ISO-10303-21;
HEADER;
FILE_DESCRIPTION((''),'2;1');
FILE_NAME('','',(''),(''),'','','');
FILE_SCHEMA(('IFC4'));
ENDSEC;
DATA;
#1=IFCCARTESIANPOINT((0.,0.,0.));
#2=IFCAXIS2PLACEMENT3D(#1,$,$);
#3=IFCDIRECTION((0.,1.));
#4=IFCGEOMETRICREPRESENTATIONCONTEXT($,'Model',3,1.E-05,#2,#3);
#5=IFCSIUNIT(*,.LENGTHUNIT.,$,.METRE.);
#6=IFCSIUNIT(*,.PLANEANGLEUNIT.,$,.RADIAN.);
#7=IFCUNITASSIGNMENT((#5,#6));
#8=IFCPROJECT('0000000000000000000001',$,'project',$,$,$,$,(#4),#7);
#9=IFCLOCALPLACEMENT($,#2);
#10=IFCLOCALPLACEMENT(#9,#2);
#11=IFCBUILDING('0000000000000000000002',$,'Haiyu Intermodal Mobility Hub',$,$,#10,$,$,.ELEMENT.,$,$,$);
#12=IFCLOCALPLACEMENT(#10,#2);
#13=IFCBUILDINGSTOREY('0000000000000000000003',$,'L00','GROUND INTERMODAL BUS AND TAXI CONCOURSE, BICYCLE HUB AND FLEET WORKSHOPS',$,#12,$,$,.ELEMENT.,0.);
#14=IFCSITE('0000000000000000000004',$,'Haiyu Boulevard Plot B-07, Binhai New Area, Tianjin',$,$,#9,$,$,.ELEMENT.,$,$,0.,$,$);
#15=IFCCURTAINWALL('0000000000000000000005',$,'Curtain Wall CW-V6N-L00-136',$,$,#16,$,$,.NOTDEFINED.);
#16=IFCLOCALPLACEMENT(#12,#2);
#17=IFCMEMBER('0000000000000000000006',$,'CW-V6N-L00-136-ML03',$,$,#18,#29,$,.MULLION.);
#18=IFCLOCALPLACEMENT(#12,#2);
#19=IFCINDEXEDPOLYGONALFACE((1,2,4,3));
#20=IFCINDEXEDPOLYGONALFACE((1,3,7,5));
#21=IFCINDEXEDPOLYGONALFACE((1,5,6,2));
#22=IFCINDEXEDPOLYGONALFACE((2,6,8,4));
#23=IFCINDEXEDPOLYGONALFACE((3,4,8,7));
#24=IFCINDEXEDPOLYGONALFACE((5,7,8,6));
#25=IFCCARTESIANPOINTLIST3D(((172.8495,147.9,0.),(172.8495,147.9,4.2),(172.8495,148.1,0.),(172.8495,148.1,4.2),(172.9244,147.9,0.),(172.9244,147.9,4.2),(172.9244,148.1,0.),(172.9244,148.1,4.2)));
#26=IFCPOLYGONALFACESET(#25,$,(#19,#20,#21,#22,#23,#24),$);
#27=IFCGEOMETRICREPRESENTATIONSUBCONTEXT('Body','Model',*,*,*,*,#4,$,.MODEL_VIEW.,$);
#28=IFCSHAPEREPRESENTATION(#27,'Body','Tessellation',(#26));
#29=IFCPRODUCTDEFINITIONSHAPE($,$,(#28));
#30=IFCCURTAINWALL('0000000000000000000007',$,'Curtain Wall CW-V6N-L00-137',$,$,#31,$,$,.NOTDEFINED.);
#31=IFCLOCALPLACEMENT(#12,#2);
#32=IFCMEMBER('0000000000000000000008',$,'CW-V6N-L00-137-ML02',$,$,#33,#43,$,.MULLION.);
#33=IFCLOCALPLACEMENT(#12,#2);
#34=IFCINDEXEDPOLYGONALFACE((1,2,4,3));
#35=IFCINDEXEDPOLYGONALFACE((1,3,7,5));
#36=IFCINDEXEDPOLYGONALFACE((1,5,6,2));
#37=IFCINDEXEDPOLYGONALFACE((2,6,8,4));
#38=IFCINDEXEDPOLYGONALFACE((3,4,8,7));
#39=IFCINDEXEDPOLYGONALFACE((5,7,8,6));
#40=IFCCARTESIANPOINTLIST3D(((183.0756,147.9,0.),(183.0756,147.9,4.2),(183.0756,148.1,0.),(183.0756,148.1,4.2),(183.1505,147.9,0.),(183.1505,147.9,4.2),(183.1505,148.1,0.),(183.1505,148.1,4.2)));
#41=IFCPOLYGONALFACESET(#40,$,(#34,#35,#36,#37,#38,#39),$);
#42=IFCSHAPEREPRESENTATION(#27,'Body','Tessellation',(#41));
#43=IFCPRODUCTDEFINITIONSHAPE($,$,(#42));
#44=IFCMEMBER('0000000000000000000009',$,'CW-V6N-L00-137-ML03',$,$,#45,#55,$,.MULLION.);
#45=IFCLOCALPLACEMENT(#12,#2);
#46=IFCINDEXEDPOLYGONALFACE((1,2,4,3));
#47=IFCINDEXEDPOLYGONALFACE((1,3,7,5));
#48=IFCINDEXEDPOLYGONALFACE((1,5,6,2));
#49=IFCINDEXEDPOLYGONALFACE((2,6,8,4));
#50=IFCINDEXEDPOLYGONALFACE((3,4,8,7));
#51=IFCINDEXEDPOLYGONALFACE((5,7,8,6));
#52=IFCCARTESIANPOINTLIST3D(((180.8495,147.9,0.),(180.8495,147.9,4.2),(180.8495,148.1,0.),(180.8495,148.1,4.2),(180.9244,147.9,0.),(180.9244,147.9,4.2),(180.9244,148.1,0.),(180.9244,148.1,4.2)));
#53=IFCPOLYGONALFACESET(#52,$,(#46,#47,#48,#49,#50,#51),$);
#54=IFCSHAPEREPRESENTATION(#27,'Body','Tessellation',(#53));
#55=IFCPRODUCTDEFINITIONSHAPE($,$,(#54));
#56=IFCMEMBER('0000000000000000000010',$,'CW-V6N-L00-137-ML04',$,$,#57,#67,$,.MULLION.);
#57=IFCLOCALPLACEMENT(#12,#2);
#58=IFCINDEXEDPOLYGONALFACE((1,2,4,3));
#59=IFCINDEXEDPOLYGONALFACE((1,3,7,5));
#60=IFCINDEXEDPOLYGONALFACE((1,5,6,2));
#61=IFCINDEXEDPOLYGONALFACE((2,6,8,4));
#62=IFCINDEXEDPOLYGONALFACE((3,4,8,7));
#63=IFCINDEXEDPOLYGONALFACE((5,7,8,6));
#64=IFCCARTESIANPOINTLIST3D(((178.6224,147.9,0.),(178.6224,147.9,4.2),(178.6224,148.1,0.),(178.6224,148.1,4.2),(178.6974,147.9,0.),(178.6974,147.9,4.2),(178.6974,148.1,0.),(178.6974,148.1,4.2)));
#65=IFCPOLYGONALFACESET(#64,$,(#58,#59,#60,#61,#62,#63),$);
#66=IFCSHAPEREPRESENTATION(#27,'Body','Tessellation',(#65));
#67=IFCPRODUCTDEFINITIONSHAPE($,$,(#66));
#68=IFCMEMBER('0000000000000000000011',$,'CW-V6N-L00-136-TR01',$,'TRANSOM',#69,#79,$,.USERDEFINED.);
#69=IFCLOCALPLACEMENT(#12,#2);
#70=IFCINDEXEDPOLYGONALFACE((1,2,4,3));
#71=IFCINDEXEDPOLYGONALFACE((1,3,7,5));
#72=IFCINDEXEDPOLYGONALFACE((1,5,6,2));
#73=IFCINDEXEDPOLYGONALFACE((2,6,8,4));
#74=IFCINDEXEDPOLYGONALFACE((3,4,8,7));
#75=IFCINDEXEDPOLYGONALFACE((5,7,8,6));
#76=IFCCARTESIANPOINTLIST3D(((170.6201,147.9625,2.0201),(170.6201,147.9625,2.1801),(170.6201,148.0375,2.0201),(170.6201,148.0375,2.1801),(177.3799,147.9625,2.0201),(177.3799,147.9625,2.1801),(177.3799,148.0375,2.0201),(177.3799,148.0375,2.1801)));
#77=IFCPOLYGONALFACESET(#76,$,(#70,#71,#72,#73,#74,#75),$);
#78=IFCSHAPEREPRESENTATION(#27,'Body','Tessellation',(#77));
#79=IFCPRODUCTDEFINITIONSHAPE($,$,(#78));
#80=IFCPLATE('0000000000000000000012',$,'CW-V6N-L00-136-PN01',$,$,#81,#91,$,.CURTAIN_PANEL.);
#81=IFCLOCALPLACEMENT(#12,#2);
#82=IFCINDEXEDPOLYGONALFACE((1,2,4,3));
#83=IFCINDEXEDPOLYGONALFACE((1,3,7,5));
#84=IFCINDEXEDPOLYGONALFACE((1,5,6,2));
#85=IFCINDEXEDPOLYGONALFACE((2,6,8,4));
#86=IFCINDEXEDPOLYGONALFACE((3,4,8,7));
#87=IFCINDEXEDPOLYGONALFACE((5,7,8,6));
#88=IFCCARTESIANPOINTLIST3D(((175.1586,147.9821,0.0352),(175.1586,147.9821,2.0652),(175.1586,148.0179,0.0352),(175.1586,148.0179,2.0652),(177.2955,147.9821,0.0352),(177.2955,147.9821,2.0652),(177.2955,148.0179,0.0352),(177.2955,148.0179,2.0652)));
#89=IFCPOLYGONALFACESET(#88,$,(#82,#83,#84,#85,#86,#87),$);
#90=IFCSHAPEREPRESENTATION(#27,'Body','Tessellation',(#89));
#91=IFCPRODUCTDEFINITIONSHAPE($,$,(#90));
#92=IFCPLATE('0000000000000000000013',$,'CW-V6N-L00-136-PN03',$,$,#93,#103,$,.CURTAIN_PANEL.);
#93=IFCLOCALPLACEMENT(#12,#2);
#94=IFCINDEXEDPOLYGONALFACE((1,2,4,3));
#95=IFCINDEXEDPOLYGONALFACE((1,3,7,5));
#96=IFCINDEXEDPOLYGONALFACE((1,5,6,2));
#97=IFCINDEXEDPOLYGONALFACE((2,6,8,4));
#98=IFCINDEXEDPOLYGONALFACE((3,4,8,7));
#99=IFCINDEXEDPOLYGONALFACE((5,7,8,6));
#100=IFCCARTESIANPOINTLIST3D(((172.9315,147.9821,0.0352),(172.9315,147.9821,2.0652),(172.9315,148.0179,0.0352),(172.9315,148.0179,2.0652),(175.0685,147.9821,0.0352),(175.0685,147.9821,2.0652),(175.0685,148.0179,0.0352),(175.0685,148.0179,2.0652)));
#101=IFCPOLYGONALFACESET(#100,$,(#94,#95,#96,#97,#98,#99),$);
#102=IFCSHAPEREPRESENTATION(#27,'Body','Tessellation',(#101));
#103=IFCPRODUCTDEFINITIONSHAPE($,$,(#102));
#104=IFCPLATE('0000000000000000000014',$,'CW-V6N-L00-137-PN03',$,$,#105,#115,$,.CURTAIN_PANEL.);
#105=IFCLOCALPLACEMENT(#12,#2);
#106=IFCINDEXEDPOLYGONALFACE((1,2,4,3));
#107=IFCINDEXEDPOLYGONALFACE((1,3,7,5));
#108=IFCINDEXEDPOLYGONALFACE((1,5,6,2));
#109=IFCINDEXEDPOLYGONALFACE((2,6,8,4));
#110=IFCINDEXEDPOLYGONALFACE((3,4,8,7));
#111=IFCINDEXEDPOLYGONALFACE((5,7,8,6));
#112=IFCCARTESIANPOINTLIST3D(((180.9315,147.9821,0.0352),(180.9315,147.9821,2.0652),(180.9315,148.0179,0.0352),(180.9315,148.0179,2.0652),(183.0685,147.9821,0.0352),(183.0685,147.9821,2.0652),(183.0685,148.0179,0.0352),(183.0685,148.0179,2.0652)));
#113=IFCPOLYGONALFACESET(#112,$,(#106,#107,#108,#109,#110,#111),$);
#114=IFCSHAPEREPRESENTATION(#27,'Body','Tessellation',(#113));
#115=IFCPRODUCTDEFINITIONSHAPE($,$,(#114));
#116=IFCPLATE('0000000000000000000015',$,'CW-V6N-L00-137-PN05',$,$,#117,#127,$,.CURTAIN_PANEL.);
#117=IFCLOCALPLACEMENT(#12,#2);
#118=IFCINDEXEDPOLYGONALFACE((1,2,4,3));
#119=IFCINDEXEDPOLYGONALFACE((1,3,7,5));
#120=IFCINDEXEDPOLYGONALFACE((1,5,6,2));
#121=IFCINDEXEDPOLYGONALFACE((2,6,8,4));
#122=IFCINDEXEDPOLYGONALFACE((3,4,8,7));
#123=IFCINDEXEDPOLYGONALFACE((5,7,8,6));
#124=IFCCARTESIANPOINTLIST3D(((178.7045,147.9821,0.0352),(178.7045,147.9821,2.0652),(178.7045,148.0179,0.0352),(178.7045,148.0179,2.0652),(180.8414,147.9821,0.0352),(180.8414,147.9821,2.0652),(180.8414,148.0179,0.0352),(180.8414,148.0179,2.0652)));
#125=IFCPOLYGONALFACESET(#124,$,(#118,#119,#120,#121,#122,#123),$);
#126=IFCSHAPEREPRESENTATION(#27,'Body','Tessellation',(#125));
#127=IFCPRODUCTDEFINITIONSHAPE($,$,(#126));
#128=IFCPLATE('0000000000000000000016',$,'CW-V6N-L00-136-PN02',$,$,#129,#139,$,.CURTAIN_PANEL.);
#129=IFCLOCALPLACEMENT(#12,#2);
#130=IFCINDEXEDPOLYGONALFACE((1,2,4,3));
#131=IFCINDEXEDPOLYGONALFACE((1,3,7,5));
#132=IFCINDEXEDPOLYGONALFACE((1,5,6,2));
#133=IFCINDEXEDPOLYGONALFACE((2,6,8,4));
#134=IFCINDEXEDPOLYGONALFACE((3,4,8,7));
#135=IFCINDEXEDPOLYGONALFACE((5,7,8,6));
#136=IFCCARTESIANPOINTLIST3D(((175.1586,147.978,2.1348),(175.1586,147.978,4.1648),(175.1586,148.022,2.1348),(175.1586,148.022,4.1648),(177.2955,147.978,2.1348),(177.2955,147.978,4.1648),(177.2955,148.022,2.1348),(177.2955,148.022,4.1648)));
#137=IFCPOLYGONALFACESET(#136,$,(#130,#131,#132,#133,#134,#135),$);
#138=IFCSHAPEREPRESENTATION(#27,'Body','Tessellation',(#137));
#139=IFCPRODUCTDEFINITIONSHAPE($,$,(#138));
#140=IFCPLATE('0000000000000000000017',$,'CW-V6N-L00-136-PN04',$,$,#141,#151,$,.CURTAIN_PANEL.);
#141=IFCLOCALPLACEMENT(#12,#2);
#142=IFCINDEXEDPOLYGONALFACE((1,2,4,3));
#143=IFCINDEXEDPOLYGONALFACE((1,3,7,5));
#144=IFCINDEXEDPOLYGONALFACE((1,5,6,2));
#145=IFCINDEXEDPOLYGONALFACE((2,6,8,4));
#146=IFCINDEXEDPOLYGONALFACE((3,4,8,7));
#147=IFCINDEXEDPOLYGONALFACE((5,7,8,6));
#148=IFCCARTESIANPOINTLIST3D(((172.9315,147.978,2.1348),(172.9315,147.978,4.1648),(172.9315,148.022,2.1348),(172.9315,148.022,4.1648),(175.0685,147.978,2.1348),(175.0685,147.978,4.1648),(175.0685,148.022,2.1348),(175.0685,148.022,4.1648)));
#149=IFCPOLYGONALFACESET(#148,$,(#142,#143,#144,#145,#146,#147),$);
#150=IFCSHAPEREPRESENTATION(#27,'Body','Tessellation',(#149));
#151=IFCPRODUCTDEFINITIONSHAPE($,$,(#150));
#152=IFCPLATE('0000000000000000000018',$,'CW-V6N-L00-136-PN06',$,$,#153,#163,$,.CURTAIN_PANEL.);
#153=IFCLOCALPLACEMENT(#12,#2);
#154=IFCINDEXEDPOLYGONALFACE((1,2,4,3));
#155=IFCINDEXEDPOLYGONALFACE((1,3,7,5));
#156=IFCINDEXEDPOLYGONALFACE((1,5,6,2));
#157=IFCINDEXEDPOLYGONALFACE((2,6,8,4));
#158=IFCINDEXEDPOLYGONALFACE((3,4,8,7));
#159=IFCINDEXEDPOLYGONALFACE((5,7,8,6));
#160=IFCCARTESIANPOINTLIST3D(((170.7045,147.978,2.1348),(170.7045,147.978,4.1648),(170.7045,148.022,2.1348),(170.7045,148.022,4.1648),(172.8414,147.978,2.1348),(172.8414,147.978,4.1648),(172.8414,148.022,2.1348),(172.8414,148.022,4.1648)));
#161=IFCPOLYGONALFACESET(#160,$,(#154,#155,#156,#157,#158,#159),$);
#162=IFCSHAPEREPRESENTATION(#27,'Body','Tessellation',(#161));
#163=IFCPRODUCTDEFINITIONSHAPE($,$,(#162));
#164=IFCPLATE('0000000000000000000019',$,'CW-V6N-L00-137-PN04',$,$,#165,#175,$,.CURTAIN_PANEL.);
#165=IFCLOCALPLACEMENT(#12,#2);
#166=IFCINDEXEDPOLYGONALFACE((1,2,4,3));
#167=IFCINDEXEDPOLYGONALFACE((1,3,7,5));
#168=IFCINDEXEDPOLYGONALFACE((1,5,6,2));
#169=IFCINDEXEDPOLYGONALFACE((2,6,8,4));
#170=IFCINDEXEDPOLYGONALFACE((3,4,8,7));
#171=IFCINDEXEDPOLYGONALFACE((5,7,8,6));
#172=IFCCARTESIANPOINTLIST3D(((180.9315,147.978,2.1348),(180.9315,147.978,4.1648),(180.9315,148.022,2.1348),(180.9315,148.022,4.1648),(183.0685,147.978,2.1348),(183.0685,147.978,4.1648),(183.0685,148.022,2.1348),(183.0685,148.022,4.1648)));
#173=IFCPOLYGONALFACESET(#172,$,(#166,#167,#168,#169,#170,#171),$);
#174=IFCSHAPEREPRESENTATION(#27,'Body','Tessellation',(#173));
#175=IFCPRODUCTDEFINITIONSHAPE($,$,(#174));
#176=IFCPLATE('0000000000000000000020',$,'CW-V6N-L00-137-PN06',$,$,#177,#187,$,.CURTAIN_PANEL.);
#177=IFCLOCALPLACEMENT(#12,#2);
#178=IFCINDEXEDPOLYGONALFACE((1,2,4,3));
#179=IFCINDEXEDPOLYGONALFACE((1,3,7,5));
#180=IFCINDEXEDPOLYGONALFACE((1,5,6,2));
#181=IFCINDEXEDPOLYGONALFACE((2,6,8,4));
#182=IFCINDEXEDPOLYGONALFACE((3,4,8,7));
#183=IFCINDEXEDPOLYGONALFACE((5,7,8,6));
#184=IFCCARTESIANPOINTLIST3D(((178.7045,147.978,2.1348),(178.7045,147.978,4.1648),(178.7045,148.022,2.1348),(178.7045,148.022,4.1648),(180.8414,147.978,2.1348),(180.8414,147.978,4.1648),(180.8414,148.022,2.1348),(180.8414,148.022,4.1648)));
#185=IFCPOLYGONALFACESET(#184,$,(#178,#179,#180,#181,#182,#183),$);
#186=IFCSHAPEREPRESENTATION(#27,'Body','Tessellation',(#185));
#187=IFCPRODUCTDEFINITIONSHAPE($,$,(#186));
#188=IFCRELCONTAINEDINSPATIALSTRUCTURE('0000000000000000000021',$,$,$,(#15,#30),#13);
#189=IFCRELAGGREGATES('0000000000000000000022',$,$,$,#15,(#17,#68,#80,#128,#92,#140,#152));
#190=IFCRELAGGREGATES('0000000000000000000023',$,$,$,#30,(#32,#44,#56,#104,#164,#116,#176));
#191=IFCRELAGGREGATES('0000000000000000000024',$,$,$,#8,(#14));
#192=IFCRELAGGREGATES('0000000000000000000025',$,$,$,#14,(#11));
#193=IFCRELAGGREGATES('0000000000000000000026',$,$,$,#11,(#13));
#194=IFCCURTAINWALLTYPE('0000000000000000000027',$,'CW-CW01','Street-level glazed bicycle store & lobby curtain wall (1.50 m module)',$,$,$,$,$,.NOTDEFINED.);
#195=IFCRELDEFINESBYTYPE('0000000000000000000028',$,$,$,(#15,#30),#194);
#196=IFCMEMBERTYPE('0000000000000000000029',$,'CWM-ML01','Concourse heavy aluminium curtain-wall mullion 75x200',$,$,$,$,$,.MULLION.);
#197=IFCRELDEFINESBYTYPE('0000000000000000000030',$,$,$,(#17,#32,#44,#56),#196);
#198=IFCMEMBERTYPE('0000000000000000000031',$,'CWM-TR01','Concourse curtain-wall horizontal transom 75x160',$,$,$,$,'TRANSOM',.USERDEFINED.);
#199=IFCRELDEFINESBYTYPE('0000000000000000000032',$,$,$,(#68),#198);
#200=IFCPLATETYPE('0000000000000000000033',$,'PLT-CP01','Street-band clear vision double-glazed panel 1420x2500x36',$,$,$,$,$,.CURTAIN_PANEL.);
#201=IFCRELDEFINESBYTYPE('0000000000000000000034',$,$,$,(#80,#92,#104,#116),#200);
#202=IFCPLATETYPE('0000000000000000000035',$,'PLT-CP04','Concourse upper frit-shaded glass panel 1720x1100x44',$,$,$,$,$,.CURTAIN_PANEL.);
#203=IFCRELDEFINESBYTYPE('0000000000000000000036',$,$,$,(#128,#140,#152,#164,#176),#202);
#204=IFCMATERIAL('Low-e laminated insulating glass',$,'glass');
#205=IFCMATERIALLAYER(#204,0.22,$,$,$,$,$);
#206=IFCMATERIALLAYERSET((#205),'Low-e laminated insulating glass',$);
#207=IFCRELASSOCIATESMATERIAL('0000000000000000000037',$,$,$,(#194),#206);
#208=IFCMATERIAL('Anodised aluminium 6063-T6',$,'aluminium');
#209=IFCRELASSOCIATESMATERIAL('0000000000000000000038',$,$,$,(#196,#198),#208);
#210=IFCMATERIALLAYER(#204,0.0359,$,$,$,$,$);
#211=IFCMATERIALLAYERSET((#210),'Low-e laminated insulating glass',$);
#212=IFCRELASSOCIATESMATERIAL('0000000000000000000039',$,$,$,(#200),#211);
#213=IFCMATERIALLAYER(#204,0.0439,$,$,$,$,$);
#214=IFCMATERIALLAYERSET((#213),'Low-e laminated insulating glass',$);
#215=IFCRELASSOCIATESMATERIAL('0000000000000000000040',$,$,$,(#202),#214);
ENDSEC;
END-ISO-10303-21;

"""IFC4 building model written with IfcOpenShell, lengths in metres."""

from ifc_helpers import new_model, si_unit, direction, frame, origin, origin_2d, place, context, subcontext, project, spatial, rectangle, extrude, material, layer, layer_set, material_profile, profile_set, type_object, element, aggregate, save


model = new_model("IFC4")

# Units and contexts
model_context = context("Model", 3, precision=1e-05, world=origin(), true_north=direction((0.0, 1.0)))
body_context = subcontext(model_context, "Body", "Model", "MODEL_VIEW")
ifc_project = project(units=[si_unit("LENGTHUNIT", "METRE"), si_unit("PLANEANGLEUNIT", "RADIAN")], contexts=[model_context])

# Site, building, storey
site_placement = place(None, origin())
site = spatial("IfcSite", under=ifc_project, at=site_placement, Name="Haiyu Boulevard Plot B-07, Binhai New Area, Tianjin", CompositionType="ELEMENT", RefElevation=0.0)
building_placement = place(site_placement, origin())
building = spatial("IfcBuilding", under=site, at=building_placement, Name="Haiyu Intermodal Mobility Hub", CompositionType="ELEMENT")
storey_placement = place(building_placement, origin())
storey = spatial("IfcBuildingStorey", under=building, at=storey_placement, Name="L00", Description="GROUND INTERMODAL BUS AND TAXI CONCOURSE, BICYCLE HUB AND FLEET WORKSHOPS", CompositionType="ELEMENT", Elevation=0.0)

# Curtain walls, members
ifc_material_1 = material(Name="Low-e laminated insulating glass", Category="glass")
ifc_layer_1 = layer(ifc_material_1, 0.22)
ifc_layer_set_1 = layer_set([ifc_layer_1], Name="Low-e laminated insulating glass")
curtain_wall_type = type_object("IfcCurtainWallType", Name="CW-CW01", Description="Street-level glazed bicycle store & lobby curtain wall (1.50 m module)", PredefinedType="NOTDEFINED", material=ifc_layer_set_1)
curtain_wall_1_placement = place(storey_placement, origin())
curtain_wall_1 = element("IfcCurtainWall", 1, at=curtain_wall_1_placement, inside=storey, type_object=curtain_wall_type, Name="Curtain Wall CW-V6N-L00-136", PredefinedType="NOTDEFINED")
ifc_material_2 = material(Name="Anodised aluminium 6063-T6", Category="aluminium")
ifc_material_profile_1 = material_profile(ifc_material_2, rectangle(XDim=0.075, YDim=0.2, at=origin_2d()), Name="ALU75x200")
ifc_profile_set_1 = profile_set([ifc_material_profile_1], Name="Anodised aluminium 6063-T6")
member_type_1 = type_object("IfcMemberType", Name="CWM-ML01", Description="Concourse heavy aluminium curtain-wall mullion 75x200", PredefinedType="MULLION", material=ifc_profile_set_1)
member_1_placement = place(storey_placement, frame((172.887, 148.0, 0.0), z_axis=(0.0, 0.0, 1.0), x_axis=(1.0, 0.0, 0.0)))
member_1 = element("IfcMember", 2, at=member_1_placement, type_object=member_type_1, Name="CW-V6N-L00-136-ML03", PredefinedType="MULLION", context=body_context, shape_type="SweptSolid", body=[
    extrude(rectangle(XDim=0.075, YDim=0.2, at=origin_2d()), origin(), (0.0, 0.0, 1.0), 4.2),
])
curtain_wall_2_placement = place(storey_placement, origin())
curtain_wall_2 = element("IfcCurtainWall", 3, at=curtain_wall_2_placement, inside=storey, type_object=curtain_wall_type, Name="Curtain Wall CW-V6N-L00-137", PredefinedType="NOTDEFINED")
member_2_placement = place(storey_placement, frame((183.113, 148.0, 0.0), z_axis=(0.0, 0.0, 1.0), x_axis=(1.0, 0.0, 0.0)))
member_2 = element("IfcMember", 4, at=member_2_placement, type_object=member_type_1, Name="CW-V6N-L00-137-ML02", PredefinedType="MULLION", context=body_context, shape_type="SweptSolid", body=[
    extrude(rectangle(XDim=0.075, YDim=0.2, at=origin_2d()), origin(), (0.0, 0.0, 1.0), 4.2),
])
member_3_placement = place(storey_placement, frame((180.887, 148.0, 0.0), z_axis=(0.0, 0.0, 1.0), x_axis=(1.0, 0.0, 0.0)))
member_3 = element("IfcMember", 5, at=member_3_placement, type_object=member_type_1, Name="CW-V6N-L00-137-ML03", PredefinedType="MULLION", context=body_context, shape_type="SweptSolid", body=[
    extrude(rectangle(XDim=0.075, YDim=0.2, at=origin_2d()), origin(), (0.0, 0.0, 1.0), 4.2),
])
member_4_placement = place(storey_placement, frame((178.6599, 148.0, 0.0), z_axis=(0.0, 0.0, 1.0), x_axis=(1.0, 0.0, 0.0)))
member_4 = element("IfcMember", 6, at=member_4_placement, type_object=member_type_1, Name="CW-V6N-L00-137-ML04", PredefinedType="MULLION", context=body_context, shape_type="SweptSolid", body=[
    extrude(rectangle(XDim=0.075, YDim=0.2, at=origin_2d()), origin(), (0.0, 0.0, 1.0), 4.2),
])

# Member
ifc_material_profile_2 = material_profile(ifc_material_2, rectangle(XDim=0.075, YDim=0.1599, at=origin_2d()), Name="ALU75x160")
ifc_profile_set_2 = profile_set([ifc_material_profile_2], Name="Anodised aluminium 6063-T6")
member_type_2 = type_object("IfcMemberType", Name="CWM-TR01", Description="Concourse curtain-wall horizontal transom 75x160", ElementType="TRANSOM", PredefinedType="USERDEFINED", material=ifc_profile_set_2)
member_5_placement = place(storey_placement, frame((177.3799, 148.0, 2.1001), z_axis=(-1.0, 0.0, 0.0), x_axis=(0.0, -1.0, 0.0)))
member_5 = element("IfcMember", 7, at=member_5_placement, type_object=member_type_2, Name="CW-V6N-L00-136-TR01", ObjectType="TRANSOM", PredefinedType="USERDEFINED", context=body_context, shape_type="SweptSolid", body=[
    extrude(rectangle(XDim=0.075, YDim=0.1599, at=origin_2d()), origin(), (0.0, 0.0, 1.0), 6.7598),
])

# Plates
ifc_layer_2 = layer(ifc_material_1, 0.0359)
ifc_layer_set_2 = layer_set([ifc_layer_2], Name="Low-e laminated insulating glass")
plate_type_1 = type_object("IfcPlateType", Name="PLT-CP01", Description="Street-band clear vision double-glazed panel 1420x2500x36", PredefinedType="CURTAIN_PANEL", material=ifc_layer_set_2)
plate_1_placement = place(storey_placement, frame((176.2271, 148.0, 0.0352), z_axis=(0.0, 0.0, 1.0), x_axis=(-1.0, 0.0, 0.0)))
plate_1 = element("IfcPlate", 8, at=plate_1_placement, type_object=plate_type_1, Name="CW-V6N-L00-136-PN01", PredefinedType="CURTAIN_PANEL", context=body_context, shape_type="SweptSolid", body=[
    extrude(rectangle(XDim=2.137, YDim=0.0359, at=origin_2d()), origin(), (0.0, 0.0, 1.0), 2.03),
])
plate_2_placement = place(storey_placement, frame((174.0, 148.0, 0.0352), z_axis=(0.0, 0.0, 1.0), x_axis=(-1.0, 0.0, 0.0)))
plate_2 = element("IfcPlate", 9, at=plate_2_placement, type_object=plate_type_1, Name="CW-V6N-L00-136-PN03", PredefinedType="CURTAIN_PANEL", context=body_context, shape_type="SweptSolid", body=[
    extrude(rectangle(XDim=2.137, YDim=0.0359, at=origin_2d()), origin(), (0.0, 0.0, 1.0), 2.03),
])
plate_3_placement = place(storey_placement, frame((182.0, 148.0, 0.0352), z_axis=(0.0, 0.0, 1.0), x_axis=(-1.0, 0.0, 0.0)))
plate_3 = element("IfcPlate", 10, at=plate_3_placement, type_object=plate_type_1, Name="CW-V6N-L00-137-PN03", PredefinedType="CURTAIN_PANEL", context=body_context, shape_type="SweptSolid", body=[
    extrude(rectangle(XDim=2.137, YDim=0.0359, at=origin_2d()), origin(), (0.0, 0.0, 1.0), 2.03),
])
plate_4_placement = place(storey_placement, frame((179.7729, 148.0, 0.0352), z_axis=(0.0, 0.0, 1.0), x_axis=(-1.0, 0.0, 0.0)))
plate_4 = element("IfcPlate", 11, at=plate_4_placement, type_object=plate_type_1, Name="CW-V6N-L00-137-PN05", PredefinedType="CURTAIN_PANEL", context=body_context, shape_type="SweptSolid", body=[
    extrude(rectangle(XDim=2.137, YDim=0.0359, at=origin_2d()), origin(), (0.0, 0.0, 1.0), 2.03),
])
ifc_layer_3 = layer(ifc_material_1, 0.0439)
ifc_layer_set_3 = layer_set([ifc_layer_3], Name="Low-e laminated insulating glass")
plate_type_2 = type_object("IfcPlateType", Name="PLT-CP04", Description="Concourse upper frit-shaded glass panel 1720x1100x44", PredefinedType="CURTAIN_PANEL", material=ifc_layer_set_3)
plate_5_placement = place(storey_placement, frame((176.2271, 148.0, 2.1348), z_axis=(0.0, 0.0, 1.0), x_axis=(-1.0, 0.0, 0.0)))
plate_5 = element("IfcPlate", 12, at=plate_5_placement, type_object=plate_type_2, Name="CW-V6N-L00-136-PN02", PredefinedType="CURTAIN_PANEL", context=body_context, shape_type="SweptSolid", body=[
    extrude(rectangle(XDim=2.137, YDim=0.0439, at=origin_2d()), origin(), (0.0, 0.0, 1.0), 2.03),
])
plate_6_placement = place(storey_placement, frame((174.0, 148.0, 2.1348), z_axis=(0.0, 0.0, 1.0), x_axis=(-1.0, 0.0, 0.0)))
plate_6 = element("IfcPlate", 13, at=plate_6_placement, type_object=plate_type_2, Name="CW-V6N-L00-136-PN04", PredefinedType="CURTAIN_PANEL", context=body_context, shape_type="SweptSolid", body=[
    extrude(rectangle(XDim=2.137, YDim=0.0439, at=origin_2d()), origin(), (0.0, 0.0, 1.0), 2.03),
])
plate_7_placement = place(storey_placement, frame((171.7729, 148.0, 2.1348), z_axis=(0.0, 0.0, 1.0), x_axis=(-1.0, 0.0, 0.0)))
plate_7 = element("IfcPlate", 14, at=plate_7_placement, type_object=plate_type_2, Name="CW-V6N-L00-136-PN06", PredefinedType="CURTAIN_PANEL", context=body_context, shape_type="SweptSolid", body=[
    extrude(rectangle(XDim=2.137, YDim=0.0439, at=origin_2d()), origin(), (0.0, 0.0, 1.0), 2.03),
])
aggregate(curtain_wall_1, [member_1, member_5, plate_1, plate_5, plate_2, plate_6, plate_7])
plate_8_placement = place(storey_placement, frame((182.0, 148.0, 2.1348), z_axis=(0.0, 0.0, 1.0), x_axis=(-1.0, 0.0, 0.0)))
plate_8 = element("IfcPlate", 15, at=plate_8_placement, type_object=plate_type_2, Name="CW-V6N-L00-137-PN04", PredefinedType="CURTAIN_PANEL", context=body_context, shape_type="SweptSolid", body=[
    extrude(rectangle(XDim=2.137, YDim=0.0439, at=origin_2d()), origin(), (0.0, 0.0, 1.0), 2.03),
])
plate_9_placement = place(storey_placement, frame((179.7729, 148.0, 2.1348), z_axis=(0.0, 0.0, 1.0), x_axis=(-1.0, 0.0, 0.0)))
plate_9 = element("IfcPlate", 16, at=plate_9_placement, type_object=plate_type_2, Name="CW-V6N-L00-137-PN06", PredefinedType="CURTAIN_PANEL", context=body_context, shape_type="SweptSolid", body=[
    extrude(rectangle(XDim=2.137, YDim=0.0439, at=origin_2d()), origin(), (0.0, 0.0, 1.0), 2.03),
])
aggregate(curtain_wall_2, [member_2, member_3, member_4, plate_3, plate_8, plate_4, plate_9])

save(model, "model.ifc")
